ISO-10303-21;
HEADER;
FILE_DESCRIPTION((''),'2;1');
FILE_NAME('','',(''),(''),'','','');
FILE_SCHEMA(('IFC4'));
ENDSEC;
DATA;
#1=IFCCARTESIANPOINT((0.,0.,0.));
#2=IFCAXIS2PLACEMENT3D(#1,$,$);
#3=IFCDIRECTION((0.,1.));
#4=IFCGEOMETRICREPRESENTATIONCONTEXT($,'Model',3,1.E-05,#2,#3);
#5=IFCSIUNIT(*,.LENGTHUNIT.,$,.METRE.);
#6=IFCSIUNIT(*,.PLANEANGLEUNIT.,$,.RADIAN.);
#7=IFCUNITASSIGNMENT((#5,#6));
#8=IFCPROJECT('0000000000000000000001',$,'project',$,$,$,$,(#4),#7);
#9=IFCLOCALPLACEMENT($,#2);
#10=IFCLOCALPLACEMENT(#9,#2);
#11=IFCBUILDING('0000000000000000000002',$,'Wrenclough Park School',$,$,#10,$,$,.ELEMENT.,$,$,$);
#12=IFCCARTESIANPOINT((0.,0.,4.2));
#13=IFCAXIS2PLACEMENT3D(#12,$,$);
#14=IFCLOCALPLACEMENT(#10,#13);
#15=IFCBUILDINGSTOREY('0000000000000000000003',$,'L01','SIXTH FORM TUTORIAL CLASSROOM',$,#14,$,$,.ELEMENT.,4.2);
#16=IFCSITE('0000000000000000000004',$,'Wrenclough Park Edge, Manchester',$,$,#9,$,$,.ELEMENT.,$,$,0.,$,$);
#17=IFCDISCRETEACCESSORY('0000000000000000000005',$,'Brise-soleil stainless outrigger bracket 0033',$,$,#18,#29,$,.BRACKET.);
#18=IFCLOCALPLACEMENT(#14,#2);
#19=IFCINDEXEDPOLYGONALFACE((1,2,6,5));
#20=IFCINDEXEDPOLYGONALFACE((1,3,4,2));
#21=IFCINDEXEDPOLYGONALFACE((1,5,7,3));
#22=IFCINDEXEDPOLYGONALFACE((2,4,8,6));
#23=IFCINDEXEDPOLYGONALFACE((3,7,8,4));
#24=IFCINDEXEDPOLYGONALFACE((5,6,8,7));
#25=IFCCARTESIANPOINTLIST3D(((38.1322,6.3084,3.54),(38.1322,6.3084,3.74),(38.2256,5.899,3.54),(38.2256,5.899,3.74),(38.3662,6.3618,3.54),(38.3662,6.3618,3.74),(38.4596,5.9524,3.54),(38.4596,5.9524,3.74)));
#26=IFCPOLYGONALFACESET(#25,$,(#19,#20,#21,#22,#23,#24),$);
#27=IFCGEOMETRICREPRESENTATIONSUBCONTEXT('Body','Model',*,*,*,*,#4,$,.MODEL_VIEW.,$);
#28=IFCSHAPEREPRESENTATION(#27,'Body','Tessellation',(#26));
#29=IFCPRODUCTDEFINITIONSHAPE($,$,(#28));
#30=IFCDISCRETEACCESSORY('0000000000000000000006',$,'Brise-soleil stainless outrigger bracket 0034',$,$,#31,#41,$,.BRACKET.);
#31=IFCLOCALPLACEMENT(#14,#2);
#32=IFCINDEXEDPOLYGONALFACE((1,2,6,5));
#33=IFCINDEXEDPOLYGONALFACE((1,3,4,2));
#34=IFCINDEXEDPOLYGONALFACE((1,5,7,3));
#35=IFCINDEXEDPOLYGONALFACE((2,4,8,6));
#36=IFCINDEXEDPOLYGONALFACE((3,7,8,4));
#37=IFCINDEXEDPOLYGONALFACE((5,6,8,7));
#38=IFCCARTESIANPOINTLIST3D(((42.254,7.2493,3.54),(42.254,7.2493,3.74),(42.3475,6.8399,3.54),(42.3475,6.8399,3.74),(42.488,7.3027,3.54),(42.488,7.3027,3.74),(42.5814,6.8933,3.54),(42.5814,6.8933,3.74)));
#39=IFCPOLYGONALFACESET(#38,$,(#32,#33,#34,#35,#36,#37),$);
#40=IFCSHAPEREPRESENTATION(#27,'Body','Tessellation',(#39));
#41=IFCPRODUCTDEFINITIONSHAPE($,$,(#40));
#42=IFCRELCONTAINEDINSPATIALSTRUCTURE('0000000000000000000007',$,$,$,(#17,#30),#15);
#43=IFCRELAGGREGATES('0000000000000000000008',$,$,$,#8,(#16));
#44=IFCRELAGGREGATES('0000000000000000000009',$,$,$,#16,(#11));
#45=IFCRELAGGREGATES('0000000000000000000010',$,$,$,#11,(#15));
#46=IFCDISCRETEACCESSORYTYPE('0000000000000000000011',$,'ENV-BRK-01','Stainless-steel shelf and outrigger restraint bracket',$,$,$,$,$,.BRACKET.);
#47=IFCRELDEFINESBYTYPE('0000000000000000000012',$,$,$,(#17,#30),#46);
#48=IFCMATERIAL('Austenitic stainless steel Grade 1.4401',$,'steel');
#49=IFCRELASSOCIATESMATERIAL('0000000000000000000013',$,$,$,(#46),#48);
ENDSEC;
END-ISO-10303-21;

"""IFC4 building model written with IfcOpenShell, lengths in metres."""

from ifc_helpers import new_model, si_unit, direction, frame, origin, origin_2d, place, context, subcontext, project, spatial, rectangle, extrude, material, type_object, element, save


model = new_model("IFC4")

# Units and contexts
model_context = context("Model", 3, precision=1e-05, world=origin(), true_north=direction((0.0, 1.0)))
body_context = subcontext(model_context, "Body", "Model", "MODEL_VIEW")
ifc_project = project(units=[si_unit("LENGTHUNIT", "METRE"), si_unit("PLANEANGLEUNIT", "RADIAN")], contexts=[model_context])

# Site, building, storey
site_placement = place(None, origin())
site = spatial("IfcSite", under=ifc_project, at=site_placement, Name="Wrenclough Park Edge, Manchester", CompositionType="ELEMENT", RefElevation=0.0)
building_placement = place(site_placement, origin())
building = spatial("IfcBuilding", under=site, at=building_placement, Name="Wrenclough Park School", CompositionType="ELEMENT")
storey_placement = place(building_placement, frame((0.0, 0.0, 4.2)))
storey = spatial("IfcBuildingStorey", under=building, at=storey_placement, Name="L01", Description="SIXTH FORM TUTORIAL CLASSROOM", CompositionType="ELEMENT", Elevation=4.2)

# Discrete accessories
ifc_material_1 = material(Name="Austenitic stainless steel Grade 1.4401", Category="steel")
discrete_accessory_type = type_object("IfcDiscreteAccessoryType", Name="ENV-BRK-01", Description="Stainless-steel shelf and outrigger restraint bracket", PredefinedType="BRACKET", material=ifc_material_1)
for number, where, z_axis, x_axis, name in (
    (1, (38.2959, 6.1304, 3.54), (0.0, 0.0, 1.0), (0.974927, 0.222526, 0.0), "Brise-soleil stainless outrigger bracket 0033"),
    (2, (42.4177, 7.0713, 3.54), (0.0, 0.0, 1.0), (0.974927, 0.222526, 0.0), "Brise-soleil stainless outrigger bracket 0034"),
):
    element("IfcDiscreteAccessory", number, at=place(storey_placement, frame(where, z_axis=z_axis, x_axis=x_axis)), inside=storey, type_object=discrete_accessory_type, Name=name, PredefinedType="BRACKET", context=body_context, shape_type="SweptSolid", body=[
        extrude(rectangle(XDim=0.24, YDim=0.4199, at=origin_2d()), origin(), (0.0, 0.0, 1.0), 0.2),
    ])

save(model, "model.ifc")
